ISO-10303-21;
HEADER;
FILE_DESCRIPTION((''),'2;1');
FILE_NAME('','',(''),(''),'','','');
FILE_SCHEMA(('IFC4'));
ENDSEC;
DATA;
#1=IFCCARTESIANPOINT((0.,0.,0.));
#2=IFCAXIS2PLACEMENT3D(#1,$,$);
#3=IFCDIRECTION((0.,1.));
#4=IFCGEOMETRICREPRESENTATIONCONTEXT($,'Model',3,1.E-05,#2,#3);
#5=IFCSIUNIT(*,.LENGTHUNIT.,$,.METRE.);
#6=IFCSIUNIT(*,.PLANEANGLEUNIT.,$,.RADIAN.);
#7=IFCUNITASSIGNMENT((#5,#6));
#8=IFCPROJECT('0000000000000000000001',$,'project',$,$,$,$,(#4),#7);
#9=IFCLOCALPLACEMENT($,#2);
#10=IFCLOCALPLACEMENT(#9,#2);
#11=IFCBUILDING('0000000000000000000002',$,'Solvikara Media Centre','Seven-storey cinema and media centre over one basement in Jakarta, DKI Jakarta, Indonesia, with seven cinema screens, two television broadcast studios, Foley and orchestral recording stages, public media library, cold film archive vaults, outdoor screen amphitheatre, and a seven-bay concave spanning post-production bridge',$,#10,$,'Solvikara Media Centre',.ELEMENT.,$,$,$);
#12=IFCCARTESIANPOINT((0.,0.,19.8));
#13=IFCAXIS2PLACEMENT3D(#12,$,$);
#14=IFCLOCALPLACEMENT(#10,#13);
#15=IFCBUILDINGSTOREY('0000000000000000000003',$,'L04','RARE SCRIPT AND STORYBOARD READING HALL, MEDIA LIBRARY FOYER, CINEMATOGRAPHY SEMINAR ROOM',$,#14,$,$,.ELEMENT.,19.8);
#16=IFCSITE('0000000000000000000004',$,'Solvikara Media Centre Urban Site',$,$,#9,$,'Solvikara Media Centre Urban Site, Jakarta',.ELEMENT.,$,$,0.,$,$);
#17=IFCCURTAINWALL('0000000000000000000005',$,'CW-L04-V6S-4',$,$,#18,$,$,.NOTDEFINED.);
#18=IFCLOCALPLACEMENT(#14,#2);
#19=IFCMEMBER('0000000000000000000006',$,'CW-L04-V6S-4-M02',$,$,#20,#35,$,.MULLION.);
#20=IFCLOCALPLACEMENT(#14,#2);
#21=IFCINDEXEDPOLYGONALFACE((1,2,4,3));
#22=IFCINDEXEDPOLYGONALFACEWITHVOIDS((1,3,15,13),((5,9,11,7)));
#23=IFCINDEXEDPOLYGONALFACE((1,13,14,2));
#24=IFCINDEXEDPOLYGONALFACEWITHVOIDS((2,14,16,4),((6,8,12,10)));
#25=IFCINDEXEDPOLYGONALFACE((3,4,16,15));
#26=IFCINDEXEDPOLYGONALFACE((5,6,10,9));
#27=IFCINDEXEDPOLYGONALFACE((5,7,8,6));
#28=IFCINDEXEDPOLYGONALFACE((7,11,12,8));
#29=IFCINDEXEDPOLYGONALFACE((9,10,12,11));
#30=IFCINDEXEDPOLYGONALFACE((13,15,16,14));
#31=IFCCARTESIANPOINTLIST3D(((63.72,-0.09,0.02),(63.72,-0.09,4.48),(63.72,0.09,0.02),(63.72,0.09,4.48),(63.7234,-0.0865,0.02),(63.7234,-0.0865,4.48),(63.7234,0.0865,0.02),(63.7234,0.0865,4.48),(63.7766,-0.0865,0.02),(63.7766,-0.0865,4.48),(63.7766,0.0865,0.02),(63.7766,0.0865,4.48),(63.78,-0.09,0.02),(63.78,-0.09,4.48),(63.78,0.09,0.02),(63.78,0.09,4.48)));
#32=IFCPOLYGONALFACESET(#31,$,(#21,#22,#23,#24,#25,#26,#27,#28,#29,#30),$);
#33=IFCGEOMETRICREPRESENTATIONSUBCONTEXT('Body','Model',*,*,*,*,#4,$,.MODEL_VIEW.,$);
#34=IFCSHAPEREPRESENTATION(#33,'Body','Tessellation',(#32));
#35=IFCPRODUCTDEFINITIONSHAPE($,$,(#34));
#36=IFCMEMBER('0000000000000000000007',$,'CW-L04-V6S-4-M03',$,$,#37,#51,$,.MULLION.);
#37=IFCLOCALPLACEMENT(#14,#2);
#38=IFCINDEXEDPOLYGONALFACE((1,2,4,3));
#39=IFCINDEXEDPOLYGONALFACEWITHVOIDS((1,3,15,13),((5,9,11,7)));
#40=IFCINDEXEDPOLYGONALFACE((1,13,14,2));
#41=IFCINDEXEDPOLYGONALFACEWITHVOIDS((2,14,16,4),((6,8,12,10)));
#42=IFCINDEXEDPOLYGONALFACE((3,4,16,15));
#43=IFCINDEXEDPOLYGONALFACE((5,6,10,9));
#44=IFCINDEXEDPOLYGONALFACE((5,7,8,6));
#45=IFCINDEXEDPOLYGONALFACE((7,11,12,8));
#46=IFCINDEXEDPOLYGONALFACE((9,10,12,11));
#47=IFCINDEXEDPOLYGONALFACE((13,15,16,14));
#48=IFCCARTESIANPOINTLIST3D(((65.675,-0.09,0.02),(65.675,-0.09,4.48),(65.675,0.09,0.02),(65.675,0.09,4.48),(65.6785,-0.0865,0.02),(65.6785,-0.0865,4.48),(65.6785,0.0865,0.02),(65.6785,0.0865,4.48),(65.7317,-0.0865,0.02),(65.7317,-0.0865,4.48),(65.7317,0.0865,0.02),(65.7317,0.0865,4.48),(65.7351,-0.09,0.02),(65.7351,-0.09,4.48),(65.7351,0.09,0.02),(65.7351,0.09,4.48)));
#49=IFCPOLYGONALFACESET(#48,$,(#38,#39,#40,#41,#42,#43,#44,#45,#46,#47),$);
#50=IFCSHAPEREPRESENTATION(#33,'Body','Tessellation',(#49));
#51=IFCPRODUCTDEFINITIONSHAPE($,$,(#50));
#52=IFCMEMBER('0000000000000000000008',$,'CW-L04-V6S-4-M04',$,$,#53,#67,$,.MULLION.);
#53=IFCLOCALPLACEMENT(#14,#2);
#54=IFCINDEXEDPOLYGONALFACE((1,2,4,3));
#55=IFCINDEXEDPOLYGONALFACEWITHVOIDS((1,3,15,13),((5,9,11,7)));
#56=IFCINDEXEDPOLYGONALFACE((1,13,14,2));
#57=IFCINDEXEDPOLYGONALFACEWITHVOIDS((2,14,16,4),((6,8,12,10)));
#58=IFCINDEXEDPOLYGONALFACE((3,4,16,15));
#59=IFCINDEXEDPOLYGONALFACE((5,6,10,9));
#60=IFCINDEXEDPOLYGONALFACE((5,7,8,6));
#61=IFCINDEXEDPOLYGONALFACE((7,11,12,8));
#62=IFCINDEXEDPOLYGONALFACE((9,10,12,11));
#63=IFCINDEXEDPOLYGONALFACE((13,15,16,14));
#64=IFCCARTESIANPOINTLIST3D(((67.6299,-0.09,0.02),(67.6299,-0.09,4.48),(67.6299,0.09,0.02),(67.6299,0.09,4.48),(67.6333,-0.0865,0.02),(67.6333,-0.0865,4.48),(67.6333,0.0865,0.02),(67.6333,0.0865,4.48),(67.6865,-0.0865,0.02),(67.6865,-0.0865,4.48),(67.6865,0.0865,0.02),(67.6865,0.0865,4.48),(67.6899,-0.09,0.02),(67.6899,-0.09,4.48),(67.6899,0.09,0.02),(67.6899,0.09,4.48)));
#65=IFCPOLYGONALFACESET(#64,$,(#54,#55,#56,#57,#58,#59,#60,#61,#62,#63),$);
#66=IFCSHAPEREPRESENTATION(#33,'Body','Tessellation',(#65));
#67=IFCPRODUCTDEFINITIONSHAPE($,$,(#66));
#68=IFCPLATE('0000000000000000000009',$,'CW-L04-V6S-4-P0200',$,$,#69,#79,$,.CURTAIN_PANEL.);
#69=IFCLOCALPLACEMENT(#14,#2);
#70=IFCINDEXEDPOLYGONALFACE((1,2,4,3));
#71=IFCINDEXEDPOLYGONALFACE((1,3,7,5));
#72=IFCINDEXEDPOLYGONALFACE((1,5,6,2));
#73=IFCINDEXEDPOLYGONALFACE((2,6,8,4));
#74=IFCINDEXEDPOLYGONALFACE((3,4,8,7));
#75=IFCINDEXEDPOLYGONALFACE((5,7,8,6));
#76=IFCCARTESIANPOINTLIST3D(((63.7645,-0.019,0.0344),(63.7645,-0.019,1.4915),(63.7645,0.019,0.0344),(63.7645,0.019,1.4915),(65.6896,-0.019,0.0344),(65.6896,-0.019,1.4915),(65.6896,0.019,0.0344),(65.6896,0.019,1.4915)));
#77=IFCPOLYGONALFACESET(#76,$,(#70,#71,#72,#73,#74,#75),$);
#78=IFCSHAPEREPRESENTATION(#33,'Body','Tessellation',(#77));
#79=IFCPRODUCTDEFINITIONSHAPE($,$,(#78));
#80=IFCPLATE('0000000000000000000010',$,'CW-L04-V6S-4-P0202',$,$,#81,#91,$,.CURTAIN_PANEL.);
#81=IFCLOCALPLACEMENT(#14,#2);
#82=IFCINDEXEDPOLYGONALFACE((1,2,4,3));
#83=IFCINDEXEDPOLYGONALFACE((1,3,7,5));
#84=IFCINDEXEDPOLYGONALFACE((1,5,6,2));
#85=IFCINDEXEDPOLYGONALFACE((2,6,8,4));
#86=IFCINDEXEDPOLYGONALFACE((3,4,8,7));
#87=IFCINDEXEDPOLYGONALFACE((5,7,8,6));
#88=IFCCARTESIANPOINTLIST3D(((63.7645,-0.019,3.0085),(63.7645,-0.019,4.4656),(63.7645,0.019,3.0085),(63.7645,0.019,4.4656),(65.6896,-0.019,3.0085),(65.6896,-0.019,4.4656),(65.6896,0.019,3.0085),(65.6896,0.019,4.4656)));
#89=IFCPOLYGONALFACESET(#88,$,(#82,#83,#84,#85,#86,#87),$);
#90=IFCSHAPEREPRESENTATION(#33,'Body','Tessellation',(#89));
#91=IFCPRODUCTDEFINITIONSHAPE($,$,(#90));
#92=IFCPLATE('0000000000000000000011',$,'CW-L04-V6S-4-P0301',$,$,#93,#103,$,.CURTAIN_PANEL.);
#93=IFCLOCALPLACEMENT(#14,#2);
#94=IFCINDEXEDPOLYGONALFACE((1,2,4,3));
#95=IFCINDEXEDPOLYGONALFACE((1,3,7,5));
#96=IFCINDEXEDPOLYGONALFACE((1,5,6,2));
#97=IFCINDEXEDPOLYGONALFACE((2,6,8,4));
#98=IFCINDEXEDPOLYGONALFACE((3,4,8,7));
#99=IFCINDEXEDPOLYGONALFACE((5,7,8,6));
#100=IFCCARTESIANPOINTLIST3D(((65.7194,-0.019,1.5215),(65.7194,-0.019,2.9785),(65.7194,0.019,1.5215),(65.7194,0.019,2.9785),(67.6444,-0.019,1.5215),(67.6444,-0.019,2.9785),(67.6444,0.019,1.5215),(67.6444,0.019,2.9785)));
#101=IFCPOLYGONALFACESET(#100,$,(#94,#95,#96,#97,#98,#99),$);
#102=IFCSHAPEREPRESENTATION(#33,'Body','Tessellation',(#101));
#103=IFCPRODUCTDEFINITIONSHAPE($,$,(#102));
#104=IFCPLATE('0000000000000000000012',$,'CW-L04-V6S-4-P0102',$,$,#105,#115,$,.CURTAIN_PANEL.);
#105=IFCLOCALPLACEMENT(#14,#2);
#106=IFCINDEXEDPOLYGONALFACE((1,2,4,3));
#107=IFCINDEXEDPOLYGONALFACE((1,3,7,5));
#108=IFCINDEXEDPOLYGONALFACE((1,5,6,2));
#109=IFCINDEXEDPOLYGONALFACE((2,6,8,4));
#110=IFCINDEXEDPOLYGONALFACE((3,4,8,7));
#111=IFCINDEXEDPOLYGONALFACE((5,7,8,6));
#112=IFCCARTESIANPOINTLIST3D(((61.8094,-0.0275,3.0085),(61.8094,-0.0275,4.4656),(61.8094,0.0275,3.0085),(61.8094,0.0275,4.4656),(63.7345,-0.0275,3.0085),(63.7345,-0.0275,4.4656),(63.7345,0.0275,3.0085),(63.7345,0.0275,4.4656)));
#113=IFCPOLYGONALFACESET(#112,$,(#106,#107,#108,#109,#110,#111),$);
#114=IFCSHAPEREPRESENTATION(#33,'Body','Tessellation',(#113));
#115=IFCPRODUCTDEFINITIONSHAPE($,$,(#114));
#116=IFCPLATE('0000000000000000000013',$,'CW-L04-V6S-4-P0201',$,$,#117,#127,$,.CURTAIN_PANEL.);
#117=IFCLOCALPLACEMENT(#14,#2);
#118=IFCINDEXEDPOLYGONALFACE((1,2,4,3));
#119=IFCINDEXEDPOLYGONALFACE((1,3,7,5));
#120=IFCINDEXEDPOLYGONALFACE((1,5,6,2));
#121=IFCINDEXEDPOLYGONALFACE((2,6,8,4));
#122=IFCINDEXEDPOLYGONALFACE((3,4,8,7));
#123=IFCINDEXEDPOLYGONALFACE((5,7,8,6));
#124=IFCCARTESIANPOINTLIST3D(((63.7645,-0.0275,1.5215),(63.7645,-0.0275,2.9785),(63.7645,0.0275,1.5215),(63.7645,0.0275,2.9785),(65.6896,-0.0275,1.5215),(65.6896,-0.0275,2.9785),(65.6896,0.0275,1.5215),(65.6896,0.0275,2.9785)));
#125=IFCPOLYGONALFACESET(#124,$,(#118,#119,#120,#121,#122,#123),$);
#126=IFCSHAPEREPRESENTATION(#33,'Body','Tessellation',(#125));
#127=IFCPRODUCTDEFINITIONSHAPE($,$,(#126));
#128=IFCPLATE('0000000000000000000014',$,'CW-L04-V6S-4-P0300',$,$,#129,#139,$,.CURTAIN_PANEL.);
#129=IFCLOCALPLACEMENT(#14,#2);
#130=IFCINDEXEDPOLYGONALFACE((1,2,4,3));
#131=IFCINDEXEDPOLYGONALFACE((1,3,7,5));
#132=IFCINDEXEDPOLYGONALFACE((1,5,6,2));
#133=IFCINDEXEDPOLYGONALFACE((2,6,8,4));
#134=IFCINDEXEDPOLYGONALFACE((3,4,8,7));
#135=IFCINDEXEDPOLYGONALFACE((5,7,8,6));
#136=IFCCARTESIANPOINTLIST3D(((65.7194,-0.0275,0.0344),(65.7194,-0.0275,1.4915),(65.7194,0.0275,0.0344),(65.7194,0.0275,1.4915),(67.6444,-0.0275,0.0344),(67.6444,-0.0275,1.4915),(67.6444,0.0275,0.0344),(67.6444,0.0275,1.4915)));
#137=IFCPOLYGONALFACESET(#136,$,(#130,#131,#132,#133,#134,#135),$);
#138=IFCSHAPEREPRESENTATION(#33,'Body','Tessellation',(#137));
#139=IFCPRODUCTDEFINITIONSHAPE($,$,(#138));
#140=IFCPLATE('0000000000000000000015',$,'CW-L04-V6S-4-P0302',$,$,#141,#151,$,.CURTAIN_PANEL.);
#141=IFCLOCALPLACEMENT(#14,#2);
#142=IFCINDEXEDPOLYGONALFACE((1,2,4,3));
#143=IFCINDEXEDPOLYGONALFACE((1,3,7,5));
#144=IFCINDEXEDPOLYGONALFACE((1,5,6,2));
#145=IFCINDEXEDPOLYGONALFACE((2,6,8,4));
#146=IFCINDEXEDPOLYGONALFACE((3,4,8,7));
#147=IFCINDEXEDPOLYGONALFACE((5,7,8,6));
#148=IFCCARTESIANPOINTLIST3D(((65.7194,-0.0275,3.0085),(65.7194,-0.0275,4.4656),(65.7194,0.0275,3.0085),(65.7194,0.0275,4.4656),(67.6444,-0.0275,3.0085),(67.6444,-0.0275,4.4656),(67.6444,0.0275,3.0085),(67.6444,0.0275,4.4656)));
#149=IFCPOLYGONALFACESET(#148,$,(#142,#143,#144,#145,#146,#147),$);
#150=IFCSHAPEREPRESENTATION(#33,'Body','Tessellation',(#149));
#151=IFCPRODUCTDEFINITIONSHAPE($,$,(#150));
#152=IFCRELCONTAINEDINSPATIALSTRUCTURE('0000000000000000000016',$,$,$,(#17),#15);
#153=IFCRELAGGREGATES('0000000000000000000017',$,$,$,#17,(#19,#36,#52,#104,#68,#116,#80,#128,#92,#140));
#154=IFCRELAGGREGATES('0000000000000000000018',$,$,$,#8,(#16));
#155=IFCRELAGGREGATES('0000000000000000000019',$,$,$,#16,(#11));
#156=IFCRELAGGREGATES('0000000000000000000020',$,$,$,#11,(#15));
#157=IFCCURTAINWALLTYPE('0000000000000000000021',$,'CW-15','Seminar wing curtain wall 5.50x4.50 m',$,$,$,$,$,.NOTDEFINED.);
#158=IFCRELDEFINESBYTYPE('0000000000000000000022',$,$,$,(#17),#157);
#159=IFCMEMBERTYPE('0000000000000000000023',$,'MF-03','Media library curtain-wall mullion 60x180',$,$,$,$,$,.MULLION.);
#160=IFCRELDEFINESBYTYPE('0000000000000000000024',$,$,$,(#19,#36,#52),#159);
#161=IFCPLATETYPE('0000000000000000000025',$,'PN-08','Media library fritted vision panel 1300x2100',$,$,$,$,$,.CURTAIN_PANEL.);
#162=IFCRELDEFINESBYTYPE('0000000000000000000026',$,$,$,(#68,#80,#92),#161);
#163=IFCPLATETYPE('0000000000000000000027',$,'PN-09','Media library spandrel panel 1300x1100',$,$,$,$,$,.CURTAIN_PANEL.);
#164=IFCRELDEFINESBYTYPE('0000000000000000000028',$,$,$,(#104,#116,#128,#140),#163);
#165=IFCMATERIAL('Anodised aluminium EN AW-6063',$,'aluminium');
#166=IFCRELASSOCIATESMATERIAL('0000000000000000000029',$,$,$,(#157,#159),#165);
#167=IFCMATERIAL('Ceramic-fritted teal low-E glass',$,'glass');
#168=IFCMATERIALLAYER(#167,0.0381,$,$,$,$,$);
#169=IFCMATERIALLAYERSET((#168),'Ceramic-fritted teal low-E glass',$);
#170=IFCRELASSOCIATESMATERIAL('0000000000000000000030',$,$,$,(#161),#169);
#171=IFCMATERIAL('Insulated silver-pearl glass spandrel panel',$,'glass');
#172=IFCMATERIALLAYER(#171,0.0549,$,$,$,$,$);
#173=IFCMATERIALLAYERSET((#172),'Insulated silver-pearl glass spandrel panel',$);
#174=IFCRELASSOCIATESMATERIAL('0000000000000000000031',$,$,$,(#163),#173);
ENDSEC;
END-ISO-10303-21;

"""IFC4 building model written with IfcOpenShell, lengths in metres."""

from ifc_helpers import new_model, si_unit, direction, frame, origin, origin_2d, place, context, subcontext, project, spatial, rectangle, hollow_rectangle, extrude, material, layer, layer_set, material_profile, profile_set, type_object, element, aggregate, save


model = new_model("IFC4")

# Units and contexts
model_context = context("Model", 3, precision=1e-05, world=origin(), true_north=direction((0.0, 1.0)))
body_context = subcontext(model_context, "Body", "Model", "MODEL_VIEW")
ifc_project = project(units=[si_unit("LENGTHUNIT", "METRE"), si_unit("PLANEANGLEUNIT", "RADIAN")], contexts=[model_context])

# Site, building, storey
site_placement = place(None, origin())
site = spatial("IfcSite", under=ifc_project, at=site_placement, Name="Solvikara Media Centre Urban Site", LongName="Solvikara Media Centre Urban Site, Jakarta", CompositionType="ELEMENT", RefElevation=0.0)
building_placement = place(site_placement, origin())
building = spatial("IfcBuilding", under=site, at=building_placement, Name="Solvikara Media Centre", Description="Seven-storey cinema and media centre over one basement in Jakarta, DKI Jakarta, Indonesia, with seven cinema screens, two television broadcast studios, Foley and orchestral recording stages, public media library, cold film archive vaults, outdoor screen amphitheatre, and a seven-bay concave spanning post-production bridge", LongName="Solvikara Media Centre", CompositionType="ELEMENT")
storey_placement = place(building_placement, frame((0.0, 0.0, 19.8)))
storey = spatial("IfcBuildingStorey", under=building, at=storey_placement, Name="L04", Description="RARE SCRIPT AND STORYBOARD READING HALL, MEDIA LIBRARY FOYER, CINEMATOGRAPHY SEMINAR ROOM", CompositionType="ELEMENT", Elevation=19.8)

# Curtain wall, members, plates
ifc_material_1 = material(Name="Anodised aluminium EN AW-6063", Category="aluminium")
curtain_wall_type = type_object("IfcCurtainWallType", Name="CW-15", Description="Seminar wing curtain wall 5.50x4.50 m", PredefinedType="NOTDEFINED", material=ifc_material_1)
curtain_wall_placement = place(storey_placement, origin())
curtain_wall = element("IfcCurtainWall", 1, at=curtain_wall_placement, inside=storey, type_object=curtain_wall_type, Name="CW-L04-V6S-4", PredefinedType="NOTDEFINED")
ifc_material_profile_1 = material_profile(ifc_material_1, hollow_rectangle(XDim=0.0601, YDim=0.1799, WallThickness=0.0034, at=origin_2d()), Name="ALU-M 60x180x3.5")
ifc_profile_set_1 = profile_set([ifc_material_profile_1], Name="Anodised aluminium EN AW-6063")
member_type = type_object("IfcMemberType", Name="MF-03", Description="Media library curtain-wall mullion 60x180", PredefinedType="MULLION", material=ifc_profile_set_1)
member_1_placement = place(storey_placement, frame((63.75, 0.0, 0.02), z_axis=(0.0, 0.0, 1.0), x_axis=(1.0, 0.0, 0.0)))
member_1 = element("IfcMember", 2, at=member_1_placement, type_object=member_type, Name="CW-L04-V6S-4-M02", PredefinedType="MULLION", context=body_context, shape_type="SweptSolid", body=[
    extrude(hollow_rectangle(XDim=0.0601, YDim=0.1799, WallThickness=0.0034, at=origin_2d()), origin(), (0.0, 0.0, 1.0), 4.46),
])
member_2_placement = place(storey_placement, frame((65.7051, 0.0, 0.02), z_axis=(0.0, 0.0, 1.0), x_axis=(1.0, 0.0, 0.0)))
member_2 = element("IfcMember", 3, at=member_2_placement, type_object=member_type, Name="CW-L04-V6S-4-M03", PredefinedType="MULLION", context=body_context, shape_type="SweptSolid", body=[
    extrude(hollow_rectangle(XDim=0.0601, YDim=0.1799, WallThickness=0.0034, at=origin_2d()), origin(), (0.0, 0.0, 1.0), 4.46),
])
member_3_placement = place(storey_placement, frame((67.6599, 0.0, 0.02), z_axis=(0.0, 0.0, 1.0), x_axis=(1.0, 0.0, 0.0)))
member_3 = element("IfcMember", 4, at=member_3_placement, type_object=member_type, Name="CW-L04-V6S-4-M04", PredefinedType="MULLION", context=body_context, shape_type="SweptSolid", body=[
    extrude(hollow_rectangle(XDim=0.0601, YDim=0.1799, WallThickness=0.0034, at=origin_2d()), origin(), (0.0, 0.0, 1.0), 4.46),
])
ifc_material_2 = material(Name="Ceramic-fritted teal low-E glass", Category="glass")
ifc_layer_1 = layer(ifc_material_2, 0.0381)
ifc_layer_set_1 = layer_set([ifc_layer_1], Name="Ceramic-fritted teal low-E glass")
plate_type_1 = type_object("IfcPlateType", Name="PN-08", Description="Media library fritted vision panel 1300x2100", PredefinedType="CURTAIN_PANEL", material=ifc_layer_set_1)
plate_1_placement = place(storey_placement, frame((64.7271, 0.0, 0.0344), z_axis=(0.0, 0.0, 1.0), x_axis=(1.0, 0.0, 0.0)))
plate_1 = element("IfcPlate", 5, at=plate_1_placement, type_object=plate_type_1, Name="CW-L04-V6S-4-P0200", PredefinedType="CURTAIN_PANEL", context=body_context, shape_type="SweptSolid", body=[
    extrude(rectangle(XDim=1.925, YDim=0.0381, at=origin_2d()), origin(), (0.0, 0.0, 1.0), 1.457),
])
plate_2_placement = place(storey_placement, frame((64.7271, 0.0, 3.0085), z_axis=(0.0, 0.0, 1.0), x_axis=(1.0, 0.0, 0.0)))
plate_2 = element("IfcPlate", 6, at=plate_2_placement, type_object=plate_type_1, Name="CW-L04-V6S-4-P0202", PredefinedType="CURTAIN_PANEL", context=body_context, shape_type="SweptSolid", body=[
    extrude(rectangle(XDim=1.925, YDim=0.0381, at=origin_2d()), origin(), (0.0, 0.0, 1.0), 1.457),
])
plate_3_placement = place(storey_placement, frame((66.6819, 0.0, 1.5215), z_axis=(0.0, 0.0, 1.0), x_axis=(1.0, 0.0, 0.0)))
plate_3 = element("IfcPlate", 7, at=plate_3_placement, type_object=plate_type_1, Name="CW-L04-V6S-4-P0301", PredefinedType="CURTAIN_PANEL", context=body_context, shape_type="SweptSolid", body=[
    extrude(rectangle(XDim=1.925, YDim=0.0381, at=origin_2d()), origin(), (0.0, 0.0, 1.0), 1.457),
])
ifc_material_3 = material(Name="Insulated silver-pearl glass spandrel panel", Category="glass")
ifc_layer_2 = layer(ifc_material_3, 0.0549)
ifc_layer_set_2 = layer_set([ifc_layer_2], Name="Insulated silver-pearl glass spandrel panel")
plate_type_2 = type_object("IfcPlateType", Name="PN-09", Description="Media library spandrel panel 1300x1100", PredefinedType="CURTAIN_PANEL", material=ifc_layer_set_2)
plate_4_placement = place(storey_placement, frame((62.772, 0.0, 3.0085), z_axis=(0.0, 0.0, 1.0), x_axis=(1.0, 0.0, 0.0)))
plate_4 = element("IfcPlate", 8, at=plate_4_placement, type_object=plate_type_2, Name="CW-L04-V6S-4-P0102", PredefinedType="CURTAIN_PANEL", context=body_context, shape_type="SweptSolid", body=[
    extrude(rectangle(XDim=1.925, YDim=0.0549, at=origin_2d()), origin(), (0.0, 0.0, 1.0), 1.457),
])
plate_5_placement = place(storey_placement, frame((64.7271, 0.0, 1.5215), z_axis=(0.0, 0.0, 1.0), x_axis=(1.0, 0.0, 0.0)))
plate_5 = element("IfcPlate", 9, at=plate_5_placement, type_object=plate_type_2, Name="CW-L04-V6S-4-P0201", PredefinedType="CURTAIN_PANEL", context=body_context, shape_type="SweptSolid", body=[
    extrude(rectangle(XDim=1.925, YDim=0.0549, at=origin_2d()), origin(), (0.0, 0.0, 1.0), 1.457),
])
plate_6_placement = place(storey_placement, frame((66.6819, 0.0, 0.0344), z_axis=(0.0, 0.0, 1.0), x_axis=(1.0, 0.0, 0.0)))
plate_6 = element("IfcPlate", 10, at=plate_6_placement, type_object=plate_type_2, Name="CW-L04-V6S-4-P0300", PredefinedType="CURTAIN_PANEL", context=body_context, shape_type="SweptSolid", body=[
    extrude(rectangle(XDim=1.925, YDim=0.0549, at=origin_2d()), origin(), (0.0, 0.0, 1.0), 1.457),
])
plate_7_placement = place(storey_placement, frame((66.6819, 0.0, 3.0085), z_axis=(0.0, 0.0, 1.0), x_axis=(1.0, 0.0, 0.0)))
plate_7 = element("IfcPlate", 11, at=plate_7_placement, type_object=plate_type_2, Name="CW-L04-V6S-4-P0302", PredefinedType="CURTAIN_PANEL", context=body_context, shape_type="SweptSolid", body=[
    extrude(rectangle(XDim=1.925, YDim=0.0549, at=origin_2d()), origin(), (0.0, 0.0, 1.0), 1.457),
])
aggregate(curtain_wall, [member_1, member_2, member_3, plate_4, plate_1, plate_5, plate_2, plate_6, plate_3, plate_7])

save(model, "model.ifc")
